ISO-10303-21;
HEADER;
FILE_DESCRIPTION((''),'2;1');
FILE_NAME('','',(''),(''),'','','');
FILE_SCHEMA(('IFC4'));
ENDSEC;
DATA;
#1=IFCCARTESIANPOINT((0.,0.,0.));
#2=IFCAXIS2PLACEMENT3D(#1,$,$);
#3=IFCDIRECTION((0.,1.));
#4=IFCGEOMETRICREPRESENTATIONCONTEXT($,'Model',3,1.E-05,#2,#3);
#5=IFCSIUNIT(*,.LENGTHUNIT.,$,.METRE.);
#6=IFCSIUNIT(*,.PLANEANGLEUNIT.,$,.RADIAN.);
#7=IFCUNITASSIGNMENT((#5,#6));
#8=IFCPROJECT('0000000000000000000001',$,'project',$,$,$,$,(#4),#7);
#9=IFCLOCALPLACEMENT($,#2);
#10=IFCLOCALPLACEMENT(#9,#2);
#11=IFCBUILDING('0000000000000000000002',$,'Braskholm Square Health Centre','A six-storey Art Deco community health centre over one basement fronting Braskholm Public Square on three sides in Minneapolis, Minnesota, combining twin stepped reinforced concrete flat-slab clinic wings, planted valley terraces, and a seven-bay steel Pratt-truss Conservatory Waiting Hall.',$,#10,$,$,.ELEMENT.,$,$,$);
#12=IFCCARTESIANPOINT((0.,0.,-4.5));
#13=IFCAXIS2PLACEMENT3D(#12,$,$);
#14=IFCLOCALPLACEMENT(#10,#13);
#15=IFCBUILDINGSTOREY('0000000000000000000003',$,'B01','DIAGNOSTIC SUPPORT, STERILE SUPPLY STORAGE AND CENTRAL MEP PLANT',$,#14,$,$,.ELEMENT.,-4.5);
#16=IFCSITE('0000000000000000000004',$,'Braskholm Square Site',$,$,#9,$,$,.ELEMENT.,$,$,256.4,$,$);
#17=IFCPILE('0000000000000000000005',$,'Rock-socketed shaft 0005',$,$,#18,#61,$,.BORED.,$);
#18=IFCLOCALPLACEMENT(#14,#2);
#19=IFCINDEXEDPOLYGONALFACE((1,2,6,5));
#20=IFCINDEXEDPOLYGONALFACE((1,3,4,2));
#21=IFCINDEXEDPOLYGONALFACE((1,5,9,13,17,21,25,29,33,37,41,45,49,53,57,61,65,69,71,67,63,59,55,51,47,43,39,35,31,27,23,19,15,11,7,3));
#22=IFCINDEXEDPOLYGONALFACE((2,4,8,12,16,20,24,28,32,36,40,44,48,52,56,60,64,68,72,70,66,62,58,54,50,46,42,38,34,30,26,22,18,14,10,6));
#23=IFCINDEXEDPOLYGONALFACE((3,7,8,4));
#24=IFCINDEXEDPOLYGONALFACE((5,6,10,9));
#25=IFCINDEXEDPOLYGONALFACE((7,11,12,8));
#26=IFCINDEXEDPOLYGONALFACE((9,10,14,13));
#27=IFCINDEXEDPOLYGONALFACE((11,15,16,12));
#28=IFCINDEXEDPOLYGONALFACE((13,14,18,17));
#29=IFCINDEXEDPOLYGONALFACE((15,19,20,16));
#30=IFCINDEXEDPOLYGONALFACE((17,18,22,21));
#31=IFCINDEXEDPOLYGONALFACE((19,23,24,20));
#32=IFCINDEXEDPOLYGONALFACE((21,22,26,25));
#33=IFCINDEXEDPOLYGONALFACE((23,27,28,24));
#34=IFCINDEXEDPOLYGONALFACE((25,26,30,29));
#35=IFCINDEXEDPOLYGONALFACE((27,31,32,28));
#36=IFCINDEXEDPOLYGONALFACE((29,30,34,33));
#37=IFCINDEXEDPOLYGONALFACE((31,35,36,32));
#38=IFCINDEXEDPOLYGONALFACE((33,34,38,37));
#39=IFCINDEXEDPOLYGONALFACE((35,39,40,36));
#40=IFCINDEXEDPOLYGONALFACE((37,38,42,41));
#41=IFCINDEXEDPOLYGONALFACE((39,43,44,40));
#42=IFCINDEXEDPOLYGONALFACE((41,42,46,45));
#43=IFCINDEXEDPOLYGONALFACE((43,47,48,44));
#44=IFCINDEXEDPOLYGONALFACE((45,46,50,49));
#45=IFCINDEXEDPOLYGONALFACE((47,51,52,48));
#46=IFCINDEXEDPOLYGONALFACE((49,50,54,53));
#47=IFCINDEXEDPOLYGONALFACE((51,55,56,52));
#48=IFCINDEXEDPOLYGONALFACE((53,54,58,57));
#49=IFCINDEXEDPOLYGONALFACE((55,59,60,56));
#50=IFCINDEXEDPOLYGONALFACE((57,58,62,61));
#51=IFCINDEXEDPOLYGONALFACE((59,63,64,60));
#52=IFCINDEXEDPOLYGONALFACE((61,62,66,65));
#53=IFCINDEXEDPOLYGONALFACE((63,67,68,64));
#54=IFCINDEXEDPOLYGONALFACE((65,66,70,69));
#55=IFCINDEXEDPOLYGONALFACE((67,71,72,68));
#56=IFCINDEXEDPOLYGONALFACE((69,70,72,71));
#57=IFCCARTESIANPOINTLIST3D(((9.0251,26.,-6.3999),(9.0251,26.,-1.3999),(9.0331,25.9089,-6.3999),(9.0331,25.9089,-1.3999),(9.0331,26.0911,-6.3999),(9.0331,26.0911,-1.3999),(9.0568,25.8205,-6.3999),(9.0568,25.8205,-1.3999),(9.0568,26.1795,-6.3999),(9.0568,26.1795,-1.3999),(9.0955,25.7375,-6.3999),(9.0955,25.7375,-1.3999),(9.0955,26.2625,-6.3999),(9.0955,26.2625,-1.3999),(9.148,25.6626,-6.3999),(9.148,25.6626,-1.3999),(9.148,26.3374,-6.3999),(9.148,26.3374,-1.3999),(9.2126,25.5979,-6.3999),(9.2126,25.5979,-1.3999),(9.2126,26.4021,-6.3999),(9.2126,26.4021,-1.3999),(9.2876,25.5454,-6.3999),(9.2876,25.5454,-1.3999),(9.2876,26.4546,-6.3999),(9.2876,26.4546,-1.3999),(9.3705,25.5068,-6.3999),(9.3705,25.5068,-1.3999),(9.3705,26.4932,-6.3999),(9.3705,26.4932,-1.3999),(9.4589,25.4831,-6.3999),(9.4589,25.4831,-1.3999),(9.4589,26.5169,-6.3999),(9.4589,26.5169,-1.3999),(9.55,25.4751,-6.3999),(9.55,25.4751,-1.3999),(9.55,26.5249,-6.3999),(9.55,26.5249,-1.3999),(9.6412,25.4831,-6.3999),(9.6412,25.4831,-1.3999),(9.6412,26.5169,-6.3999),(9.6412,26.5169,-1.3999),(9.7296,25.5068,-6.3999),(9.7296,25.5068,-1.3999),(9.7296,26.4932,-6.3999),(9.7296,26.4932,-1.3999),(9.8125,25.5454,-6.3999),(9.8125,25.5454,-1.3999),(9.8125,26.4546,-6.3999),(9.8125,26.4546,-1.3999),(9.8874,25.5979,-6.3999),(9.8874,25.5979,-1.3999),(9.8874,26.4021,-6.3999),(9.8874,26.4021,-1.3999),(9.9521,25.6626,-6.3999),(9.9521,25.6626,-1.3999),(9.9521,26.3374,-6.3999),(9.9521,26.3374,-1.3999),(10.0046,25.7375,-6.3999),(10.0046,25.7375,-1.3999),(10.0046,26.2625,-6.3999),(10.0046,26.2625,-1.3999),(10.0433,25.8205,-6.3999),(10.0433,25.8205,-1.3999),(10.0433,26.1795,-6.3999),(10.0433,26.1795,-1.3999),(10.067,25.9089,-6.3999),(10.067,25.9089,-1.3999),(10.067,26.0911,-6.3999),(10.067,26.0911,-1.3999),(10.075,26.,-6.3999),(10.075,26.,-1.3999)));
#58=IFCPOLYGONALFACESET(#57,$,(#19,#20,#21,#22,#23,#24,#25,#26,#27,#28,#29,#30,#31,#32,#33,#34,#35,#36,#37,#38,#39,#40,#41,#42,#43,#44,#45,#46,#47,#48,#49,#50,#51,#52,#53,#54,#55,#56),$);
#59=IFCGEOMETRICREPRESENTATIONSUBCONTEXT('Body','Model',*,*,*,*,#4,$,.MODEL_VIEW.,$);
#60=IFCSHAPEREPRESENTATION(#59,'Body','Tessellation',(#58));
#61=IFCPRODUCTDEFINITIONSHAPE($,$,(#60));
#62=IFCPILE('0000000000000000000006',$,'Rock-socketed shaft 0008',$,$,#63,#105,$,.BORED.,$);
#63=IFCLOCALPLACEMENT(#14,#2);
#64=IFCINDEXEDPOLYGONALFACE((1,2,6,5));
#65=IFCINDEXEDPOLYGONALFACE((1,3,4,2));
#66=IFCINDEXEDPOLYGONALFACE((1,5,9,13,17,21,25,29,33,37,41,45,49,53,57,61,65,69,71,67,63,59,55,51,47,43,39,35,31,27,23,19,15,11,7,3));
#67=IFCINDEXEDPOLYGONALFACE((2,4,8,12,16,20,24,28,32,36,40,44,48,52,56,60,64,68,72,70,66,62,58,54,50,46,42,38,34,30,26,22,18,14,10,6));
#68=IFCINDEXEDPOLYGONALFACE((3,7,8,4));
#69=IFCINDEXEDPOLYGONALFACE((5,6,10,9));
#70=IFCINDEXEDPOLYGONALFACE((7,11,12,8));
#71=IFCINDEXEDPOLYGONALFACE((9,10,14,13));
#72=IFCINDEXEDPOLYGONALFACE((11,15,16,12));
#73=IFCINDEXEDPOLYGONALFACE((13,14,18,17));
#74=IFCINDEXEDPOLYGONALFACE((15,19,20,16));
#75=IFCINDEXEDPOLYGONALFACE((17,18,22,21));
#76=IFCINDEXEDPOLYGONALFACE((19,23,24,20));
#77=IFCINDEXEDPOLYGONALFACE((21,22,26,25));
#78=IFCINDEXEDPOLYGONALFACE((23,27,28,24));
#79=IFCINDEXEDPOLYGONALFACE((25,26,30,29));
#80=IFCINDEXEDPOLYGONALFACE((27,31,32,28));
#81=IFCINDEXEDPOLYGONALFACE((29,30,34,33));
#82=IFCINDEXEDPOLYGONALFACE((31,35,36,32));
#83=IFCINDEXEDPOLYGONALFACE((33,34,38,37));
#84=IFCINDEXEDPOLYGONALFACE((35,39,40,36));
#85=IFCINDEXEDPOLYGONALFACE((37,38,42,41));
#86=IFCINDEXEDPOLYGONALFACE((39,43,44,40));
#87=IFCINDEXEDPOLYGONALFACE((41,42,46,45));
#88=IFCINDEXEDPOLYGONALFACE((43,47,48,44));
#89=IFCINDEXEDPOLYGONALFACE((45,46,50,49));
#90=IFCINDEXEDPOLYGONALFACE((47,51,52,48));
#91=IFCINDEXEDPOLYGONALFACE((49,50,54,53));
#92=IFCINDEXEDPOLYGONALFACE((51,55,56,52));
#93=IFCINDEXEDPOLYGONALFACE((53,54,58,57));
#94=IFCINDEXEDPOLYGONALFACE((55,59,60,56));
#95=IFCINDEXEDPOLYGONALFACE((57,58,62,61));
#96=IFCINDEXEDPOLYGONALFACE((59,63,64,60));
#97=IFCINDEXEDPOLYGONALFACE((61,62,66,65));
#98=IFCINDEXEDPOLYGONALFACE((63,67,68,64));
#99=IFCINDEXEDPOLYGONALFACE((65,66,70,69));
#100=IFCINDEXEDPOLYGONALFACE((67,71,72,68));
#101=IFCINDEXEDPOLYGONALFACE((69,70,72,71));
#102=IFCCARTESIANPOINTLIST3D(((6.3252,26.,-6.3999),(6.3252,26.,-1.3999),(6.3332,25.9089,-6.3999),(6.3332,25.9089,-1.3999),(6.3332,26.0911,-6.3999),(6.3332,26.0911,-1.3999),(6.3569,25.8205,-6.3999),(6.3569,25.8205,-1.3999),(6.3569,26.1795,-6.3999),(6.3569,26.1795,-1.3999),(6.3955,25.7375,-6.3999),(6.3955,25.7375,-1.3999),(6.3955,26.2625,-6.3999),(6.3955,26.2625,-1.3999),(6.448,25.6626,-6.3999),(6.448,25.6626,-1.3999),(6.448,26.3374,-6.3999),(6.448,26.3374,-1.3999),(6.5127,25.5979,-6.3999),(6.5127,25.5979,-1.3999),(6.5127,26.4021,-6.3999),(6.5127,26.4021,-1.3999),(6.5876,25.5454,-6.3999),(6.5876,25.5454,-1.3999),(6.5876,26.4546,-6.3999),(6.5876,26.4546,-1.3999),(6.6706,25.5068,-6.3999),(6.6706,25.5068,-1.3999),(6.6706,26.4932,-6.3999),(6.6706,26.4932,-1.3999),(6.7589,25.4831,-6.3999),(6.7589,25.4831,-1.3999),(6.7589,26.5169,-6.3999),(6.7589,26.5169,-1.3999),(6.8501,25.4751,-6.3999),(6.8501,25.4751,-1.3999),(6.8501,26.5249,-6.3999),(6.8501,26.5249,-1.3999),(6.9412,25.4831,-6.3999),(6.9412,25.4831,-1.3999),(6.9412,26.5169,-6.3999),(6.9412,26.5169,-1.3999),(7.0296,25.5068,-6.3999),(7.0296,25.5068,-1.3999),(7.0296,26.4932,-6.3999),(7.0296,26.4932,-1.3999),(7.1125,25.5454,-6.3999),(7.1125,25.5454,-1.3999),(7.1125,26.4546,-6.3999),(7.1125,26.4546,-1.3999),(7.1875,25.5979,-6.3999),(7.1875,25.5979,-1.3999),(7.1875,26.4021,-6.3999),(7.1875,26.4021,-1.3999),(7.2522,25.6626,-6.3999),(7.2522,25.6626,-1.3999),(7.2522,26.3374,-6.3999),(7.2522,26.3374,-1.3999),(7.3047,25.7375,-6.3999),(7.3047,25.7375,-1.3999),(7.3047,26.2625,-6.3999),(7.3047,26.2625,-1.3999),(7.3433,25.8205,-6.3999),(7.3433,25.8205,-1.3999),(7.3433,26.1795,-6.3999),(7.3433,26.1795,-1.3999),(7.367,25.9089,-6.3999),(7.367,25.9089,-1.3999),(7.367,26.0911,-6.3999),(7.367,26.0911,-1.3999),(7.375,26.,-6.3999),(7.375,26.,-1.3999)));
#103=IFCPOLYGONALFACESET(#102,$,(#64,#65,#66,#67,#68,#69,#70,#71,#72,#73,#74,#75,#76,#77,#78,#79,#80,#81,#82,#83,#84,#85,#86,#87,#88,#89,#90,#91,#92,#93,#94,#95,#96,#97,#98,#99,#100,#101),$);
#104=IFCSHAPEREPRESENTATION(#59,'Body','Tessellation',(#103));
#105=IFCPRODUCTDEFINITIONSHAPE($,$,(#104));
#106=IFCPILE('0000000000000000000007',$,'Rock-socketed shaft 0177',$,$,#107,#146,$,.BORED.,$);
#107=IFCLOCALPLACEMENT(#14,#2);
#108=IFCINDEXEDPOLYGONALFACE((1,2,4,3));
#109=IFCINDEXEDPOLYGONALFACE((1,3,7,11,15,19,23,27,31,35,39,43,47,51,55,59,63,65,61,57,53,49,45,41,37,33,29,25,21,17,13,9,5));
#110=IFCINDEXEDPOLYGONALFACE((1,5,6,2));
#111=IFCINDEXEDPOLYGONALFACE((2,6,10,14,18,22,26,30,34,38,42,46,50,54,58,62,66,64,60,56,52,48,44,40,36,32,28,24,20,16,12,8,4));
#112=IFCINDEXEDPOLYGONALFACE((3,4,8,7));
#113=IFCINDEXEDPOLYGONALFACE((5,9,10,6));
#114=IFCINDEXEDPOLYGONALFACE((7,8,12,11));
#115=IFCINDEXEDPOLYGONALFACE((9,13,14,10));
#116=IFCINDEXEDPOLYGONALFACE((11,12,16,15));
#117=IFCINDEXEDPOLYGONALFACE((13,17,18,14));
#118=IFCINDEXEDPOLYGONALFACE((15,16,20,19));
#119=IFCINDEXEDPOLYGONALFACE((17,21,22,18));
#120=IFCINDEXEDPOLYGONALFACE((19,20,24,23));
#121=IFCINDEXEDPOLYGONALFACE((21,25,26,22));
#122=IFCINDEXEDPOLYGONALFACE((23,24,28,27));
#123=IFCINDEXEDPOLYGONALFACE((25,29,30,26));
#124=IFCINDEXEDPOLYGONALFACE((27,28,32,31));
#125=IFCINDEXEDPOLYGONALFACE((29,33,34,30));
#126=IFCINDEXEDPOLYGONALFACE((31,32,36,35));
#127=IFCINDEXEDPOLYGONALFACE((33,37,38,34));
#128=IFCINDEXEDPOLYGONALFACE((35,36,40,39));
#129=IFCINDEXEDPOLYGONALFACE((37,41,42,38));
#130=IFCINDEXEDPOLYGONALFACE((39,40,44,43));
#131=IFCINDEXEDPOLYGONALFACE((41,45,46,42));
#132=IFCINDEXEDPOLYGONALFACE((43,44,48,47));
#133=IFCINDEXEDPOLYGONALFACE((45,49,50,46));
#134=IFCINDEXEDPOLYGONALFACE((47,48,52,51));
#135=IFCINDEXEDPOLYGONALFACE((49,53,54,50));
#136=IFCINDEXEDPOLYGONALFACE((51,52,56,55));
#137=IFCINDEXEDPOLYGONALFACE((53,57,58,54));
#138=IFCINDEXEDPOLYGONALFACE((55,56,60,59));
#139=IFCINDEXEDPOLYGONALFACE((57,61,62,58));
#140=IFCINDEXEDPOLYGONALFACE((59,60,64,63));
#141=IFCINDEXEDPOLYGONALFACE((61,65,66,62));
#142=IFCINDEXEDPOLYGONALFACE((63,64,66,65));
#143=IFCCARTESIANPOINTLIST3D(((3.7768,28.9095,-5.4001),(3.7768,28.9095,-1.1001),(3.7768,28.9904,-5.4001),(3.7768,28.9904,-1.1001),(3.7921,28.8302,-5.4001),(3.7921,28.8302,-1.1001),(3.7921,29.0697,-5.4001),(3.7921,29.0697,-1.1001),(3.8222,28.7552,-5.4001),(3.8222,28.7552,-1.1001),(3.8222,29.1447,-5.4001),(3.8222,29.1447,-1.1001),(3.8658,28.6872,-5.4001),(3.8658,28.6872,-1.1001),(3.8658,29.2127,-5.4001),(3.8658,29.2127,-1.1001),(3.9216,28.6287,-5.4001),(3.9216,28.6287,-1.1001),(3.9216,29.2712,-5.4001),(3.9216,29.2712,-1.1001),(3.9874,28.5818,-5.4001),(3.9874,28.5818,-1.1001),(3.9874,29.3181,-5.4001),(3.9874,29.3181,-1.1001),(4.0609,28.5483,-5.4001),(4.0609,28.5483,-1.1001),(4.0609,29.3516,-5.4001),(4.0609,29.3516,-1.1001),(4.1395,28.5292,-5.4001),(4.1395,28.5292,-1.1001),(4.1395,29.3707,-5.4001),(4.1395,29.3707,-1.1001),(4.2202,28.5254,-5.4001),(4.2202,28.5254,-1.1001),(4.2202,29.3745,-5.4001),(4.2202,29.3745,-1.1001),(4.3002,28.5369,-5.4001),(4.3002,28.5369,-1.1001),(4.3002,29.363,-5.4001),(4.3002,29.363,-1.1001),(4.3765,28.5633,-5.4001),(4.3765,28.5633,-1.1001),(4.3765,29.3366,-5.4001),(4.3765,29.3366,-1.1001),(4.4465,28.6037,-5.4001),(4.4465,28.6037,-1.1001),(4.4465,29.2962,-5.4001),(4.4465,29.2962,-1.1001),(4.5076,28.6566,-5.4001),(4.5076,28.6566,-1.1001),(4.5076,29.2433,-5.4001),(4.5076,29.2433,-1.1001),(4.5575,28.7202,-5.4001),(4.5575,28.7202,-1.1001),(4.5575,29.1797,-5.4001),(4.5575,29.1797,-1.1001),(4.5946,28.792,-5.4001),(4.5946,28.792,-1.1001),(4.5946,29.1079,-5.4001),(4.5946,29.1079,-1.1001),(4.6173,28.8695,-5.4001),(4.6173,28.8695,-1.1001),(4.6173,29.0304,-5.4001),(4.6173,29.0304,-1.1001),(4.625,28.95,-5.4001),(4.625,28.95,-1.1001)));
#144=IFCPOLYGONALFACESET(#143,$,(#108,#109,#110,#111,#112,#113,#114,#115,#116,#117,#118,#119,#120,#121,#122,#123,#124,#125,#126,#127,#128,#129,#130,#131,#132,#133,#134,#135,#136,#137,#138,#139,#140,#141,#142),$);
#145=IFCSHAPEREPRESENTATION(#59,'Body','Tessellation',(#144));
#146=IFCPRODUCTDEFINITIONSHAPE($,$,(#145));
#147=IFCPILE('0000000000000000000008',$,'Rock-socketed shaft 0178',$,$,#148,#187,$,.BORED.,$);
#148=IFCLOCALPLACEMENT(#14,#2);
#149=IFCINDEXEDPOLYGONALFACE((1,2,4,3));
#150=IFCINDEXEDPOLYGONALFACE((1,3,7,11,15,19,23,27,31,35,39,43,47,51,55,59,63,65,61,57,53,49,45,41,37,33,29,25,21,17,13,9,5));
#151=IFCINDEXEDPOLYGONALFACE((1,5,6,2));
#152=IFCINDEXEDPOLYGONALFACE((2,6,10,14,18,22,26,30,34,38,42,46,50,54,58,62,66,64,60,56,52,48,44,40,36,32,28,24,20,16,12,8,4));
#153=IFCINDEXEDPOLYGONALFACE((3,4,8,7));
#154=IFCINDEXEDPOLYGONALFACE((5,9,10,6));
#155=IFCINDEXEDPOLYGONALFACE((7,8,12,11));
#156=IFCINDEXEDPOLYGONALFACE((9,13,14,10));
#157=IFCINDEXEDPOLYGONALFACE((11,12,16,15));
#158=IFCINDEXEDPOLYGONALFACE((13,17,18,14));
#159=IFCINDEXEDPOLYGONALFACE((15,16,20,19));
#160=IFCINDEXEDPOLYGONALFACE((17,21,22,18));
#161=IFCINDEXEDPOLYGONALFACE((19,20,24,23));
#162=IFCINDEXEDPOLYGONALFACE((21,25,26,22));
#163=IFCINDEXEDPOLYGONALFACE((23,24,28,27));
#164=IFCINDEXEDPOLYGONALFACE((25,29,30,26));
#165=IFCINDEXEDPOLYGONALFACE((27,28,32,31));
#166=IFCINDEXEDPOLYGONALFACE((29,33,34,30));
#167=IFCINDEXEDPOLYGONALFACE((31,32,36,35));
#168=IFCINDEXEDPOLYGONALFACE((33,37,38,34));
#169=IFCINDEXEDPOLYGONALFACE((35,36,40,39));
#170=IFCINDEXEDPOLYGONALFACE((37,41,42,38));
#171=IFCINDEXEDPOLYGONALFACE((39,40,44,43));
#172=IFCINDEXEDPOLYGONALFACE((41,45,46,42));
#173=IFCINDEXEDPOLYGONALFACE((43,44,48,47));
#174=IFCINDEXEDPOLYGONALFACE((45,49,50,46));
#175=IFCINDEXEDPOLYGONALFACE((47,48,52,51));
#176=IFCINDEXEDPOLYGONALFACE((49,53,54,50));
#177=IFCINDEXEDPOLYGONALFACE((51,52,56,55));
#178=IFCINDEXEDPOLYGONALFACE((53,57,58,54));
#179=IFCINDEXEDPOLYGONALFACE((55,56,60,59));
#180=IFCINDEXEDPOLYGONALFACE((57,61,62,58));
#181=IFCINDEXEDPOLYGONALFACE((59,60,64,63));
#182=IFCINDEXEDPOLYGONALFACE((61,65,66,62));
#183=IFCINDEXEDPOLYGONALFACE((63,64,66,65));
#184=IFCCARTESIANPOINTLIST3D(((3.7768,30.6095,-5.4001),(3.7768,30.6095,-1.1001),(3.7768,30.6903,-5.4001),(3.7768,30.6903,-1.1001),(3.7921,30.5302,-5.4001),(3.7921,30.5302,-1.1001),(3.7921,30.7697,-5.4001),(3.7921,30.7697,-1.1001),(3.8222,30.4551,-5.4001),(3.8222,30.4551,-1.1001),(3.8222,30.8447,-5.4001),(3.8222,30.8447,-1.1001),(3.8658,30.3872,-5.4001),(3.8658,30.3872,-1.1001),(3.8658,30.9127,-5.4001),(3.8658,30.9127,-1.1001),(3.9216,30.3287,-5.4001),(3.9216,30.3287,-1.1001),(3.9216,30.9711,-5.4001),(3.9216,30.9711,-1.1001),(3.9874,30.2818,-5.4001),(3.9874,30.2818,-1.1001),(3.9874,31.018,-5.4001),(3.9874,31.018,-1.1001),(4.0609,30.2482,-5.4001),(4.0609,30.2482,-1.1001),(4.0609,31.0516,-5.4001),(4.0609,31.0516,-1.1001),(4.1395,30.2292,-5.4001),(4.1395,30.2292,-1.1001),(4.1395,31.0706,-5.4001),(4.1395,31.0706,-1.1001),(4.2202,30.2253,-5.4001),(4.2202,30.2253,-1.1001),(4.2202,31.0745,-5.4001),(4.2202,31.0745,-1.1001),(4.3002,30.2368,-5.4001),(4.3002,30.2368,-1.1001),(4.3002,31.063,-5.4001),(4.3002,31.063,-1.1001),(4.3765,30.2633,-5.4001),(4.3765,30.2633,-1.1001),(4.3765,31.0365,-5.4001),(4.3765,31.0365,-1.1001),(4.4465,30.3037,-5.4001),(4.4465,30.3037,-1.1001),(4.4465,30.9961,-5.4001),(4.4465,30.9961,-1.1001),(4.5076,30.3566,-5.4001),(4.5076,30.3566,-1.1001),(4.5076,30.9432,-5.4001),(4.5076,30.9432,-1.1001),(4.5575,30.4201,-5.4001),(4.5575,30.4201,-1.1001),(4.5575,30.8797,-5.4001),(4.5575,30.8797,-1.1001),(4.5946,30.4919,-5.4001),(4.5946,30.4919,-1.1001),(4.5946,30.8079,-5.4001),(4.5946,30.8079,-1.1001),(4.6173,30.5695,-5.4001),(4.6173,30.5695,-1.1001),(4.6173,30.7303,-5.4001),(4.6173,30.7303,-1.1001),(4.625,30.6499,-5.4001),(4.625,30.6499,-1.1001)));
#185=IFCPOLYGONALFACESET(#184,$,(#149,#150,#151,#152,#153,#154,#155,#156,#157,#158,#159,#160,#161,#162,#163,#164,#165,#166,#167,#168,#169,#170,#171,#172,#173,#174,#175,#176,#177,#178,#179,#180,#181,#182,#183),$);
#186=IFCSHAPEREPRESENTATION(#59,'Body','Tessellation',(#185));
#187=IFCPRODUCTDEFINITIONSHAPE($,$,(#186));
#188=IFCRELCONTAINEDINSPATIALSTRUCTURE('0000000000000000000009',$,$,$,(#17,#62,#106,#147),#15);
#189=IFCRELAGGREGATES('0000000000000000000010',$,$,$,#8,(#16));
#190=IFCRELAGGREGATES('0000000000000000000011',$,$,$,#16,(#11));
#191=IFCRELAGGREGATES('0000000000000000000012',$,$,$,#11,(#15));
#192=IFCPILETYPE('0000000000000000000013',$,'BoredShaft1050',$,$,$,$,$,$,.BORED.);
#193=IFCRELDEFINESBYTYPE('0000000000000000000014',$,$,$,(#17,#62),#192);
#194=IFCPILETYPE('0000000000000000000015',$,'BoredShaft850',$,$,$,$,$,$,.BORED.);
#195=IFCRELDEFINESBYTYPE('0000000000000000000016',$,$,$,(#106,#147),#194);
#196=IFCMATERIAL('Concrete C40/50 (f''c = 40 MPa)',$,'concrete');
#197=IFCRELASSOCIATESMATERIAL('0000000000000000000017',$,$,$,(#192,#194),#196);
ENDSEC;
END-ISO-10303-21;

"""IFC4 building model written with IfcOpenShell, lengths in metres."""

from ifc_helpers import new_model, si_unit, direction, frame, origin, origin_2d, place, context, subcontext, project, spatial, circle, extrude, material, material_profile, profile_set, type_object, element, save


model = new_model("IFC4")

# Units and contexts
model_context = context("Model", 3, precision=1e-05, world=origin(), true_north=direction((0.0, 1.0)))
body_context = subcontext(model_context, "Body", "Model", "MODEL_VIEW")
ifc_project = project(units=[si_unit("LENGTHUNIT", "METRE"), si_unit("PLANEANGLEUNIT", "RADIAN")], contexts=[model_context])

# Site, building, storey
site_placement = place(None, origin())
site = spatial("IfcSite", under=ifc_project, at=site_placement, Name="Braskholm Square Site", CompositionType="ELEMENT", RefElevation=256.4)
building_placement = place(site_placement, origin())
building = spatial("IfcBuilding", under=site, at=building_placement, Name="Braskholm Square Health Centre", Description="A six-storey Art Deco community health centre over one basement fronting Braskholm Public Square on three sides in Minneapolis, Minnesota, combining twin stepped reinforced concrete flat-slab clinic wings, planted valley terraces, and a seven-bay steel Pratt-truss Conservatory Waiting Hall.", CompositionType="ELEMENT")
storey_placement = place(building_placement, frame((0.0, 0.0, -4.5)))
storey = spatial("IfcBuildingStorey", under=building, at=storey_placement, Name="B01", Description="DIAGNOSTIC SUPPORT, STERILE SUPPLY STORAGE AND CENTRAL MEP PLANT", CompositionType="ELEMENT", Elevation=-4.5)

# Piles
ifc_material_1 = material(Name="Concrete C40/50 (f'c = 40 MPa)", Category="concrete")
ifc_material_profile_1 = material_profile(ifc_material_1, circle(Radius=0.5249, at=origin_2d()), Name="BORED-PILE-1050")
ifc_profile_set_1 = profile_set([ifc_material_profile_1], Name="Concrete C40/50 (f'c = 40 MPa)")
pile_type_1 = type_object("IfcPileType", Name="BoredShaft1050", PredefinedType="BORED", material=ifc_profile_set_1)
for number, where, z_axis, x_axis, name in (
    (1, (9.55, 26.0, -1.3999), (0.0, 0.0, -1.0), (1.0, 0.0, 0.0), "Rock-socketed shaft 0005"),
    (2, (6.8501, 26.0, -1.3999), (0.0, 0.0, -1.0), (1.0, 0.0, 0.0), "Rock-socketed shaft 0008"),
):
    element("IfcPile", number, at=place(storey_placement, frame(where, z_axis=z_axis, x_axis=x_axis)), inside=storey, type_object=pile_type_1, Name=name, PredefinedType="BORED", context=body_context, shape_type="SweptSolid", body=[
        extrude(circle(Radius=0.5249, at=origin_2d()), origin(), (0.0, 0.0, 1.0), 5.0),
    ])
ifc_material_profile_2 = material_profile(ifc_material_1, circle(Radius=0.425, at=origin_2d()), Name="BORED-PILE-850")
ifc_profile_set_2 = profile_set([ifc_material_profile_2], Name="Concrete C40/50 (f'c = 40 MPa)")
pile_type_2 = type_object("IfcPileType", Name="BoredShaft850", PredefinedType="BORED", material=ifc_profile_set_2)
for number, where, z_axis, x_axis, name in (
    (3, (4.2, 28.95, -1.1001), (0.0, 0.0, -1.0), (1.0, 0.0, 0.0), "Rock-socketed shaft 0177"),
    (4, (4.2, 30.6499, -1.1001), (0.0, 0.0, -1.0), (1.0, 0.0, 0.0), "Rock-socketed shaft 0178"),
):
    element("IfcPile", number, at=place(storey_placement, frame(where, z_axis=z_axis, x_axis=x_axis)), inside=storey, type_object=pile_type_2, Name=name, PredefinedType="BORED", context=body_context, shape_type="SweptSolid", body=[
        extrude(circle(Radius=0.425, at=origin_2d()), origin(), (0.0, 0.0, 1.0), 4.3),
    ])

save(model, "model.ifc")
